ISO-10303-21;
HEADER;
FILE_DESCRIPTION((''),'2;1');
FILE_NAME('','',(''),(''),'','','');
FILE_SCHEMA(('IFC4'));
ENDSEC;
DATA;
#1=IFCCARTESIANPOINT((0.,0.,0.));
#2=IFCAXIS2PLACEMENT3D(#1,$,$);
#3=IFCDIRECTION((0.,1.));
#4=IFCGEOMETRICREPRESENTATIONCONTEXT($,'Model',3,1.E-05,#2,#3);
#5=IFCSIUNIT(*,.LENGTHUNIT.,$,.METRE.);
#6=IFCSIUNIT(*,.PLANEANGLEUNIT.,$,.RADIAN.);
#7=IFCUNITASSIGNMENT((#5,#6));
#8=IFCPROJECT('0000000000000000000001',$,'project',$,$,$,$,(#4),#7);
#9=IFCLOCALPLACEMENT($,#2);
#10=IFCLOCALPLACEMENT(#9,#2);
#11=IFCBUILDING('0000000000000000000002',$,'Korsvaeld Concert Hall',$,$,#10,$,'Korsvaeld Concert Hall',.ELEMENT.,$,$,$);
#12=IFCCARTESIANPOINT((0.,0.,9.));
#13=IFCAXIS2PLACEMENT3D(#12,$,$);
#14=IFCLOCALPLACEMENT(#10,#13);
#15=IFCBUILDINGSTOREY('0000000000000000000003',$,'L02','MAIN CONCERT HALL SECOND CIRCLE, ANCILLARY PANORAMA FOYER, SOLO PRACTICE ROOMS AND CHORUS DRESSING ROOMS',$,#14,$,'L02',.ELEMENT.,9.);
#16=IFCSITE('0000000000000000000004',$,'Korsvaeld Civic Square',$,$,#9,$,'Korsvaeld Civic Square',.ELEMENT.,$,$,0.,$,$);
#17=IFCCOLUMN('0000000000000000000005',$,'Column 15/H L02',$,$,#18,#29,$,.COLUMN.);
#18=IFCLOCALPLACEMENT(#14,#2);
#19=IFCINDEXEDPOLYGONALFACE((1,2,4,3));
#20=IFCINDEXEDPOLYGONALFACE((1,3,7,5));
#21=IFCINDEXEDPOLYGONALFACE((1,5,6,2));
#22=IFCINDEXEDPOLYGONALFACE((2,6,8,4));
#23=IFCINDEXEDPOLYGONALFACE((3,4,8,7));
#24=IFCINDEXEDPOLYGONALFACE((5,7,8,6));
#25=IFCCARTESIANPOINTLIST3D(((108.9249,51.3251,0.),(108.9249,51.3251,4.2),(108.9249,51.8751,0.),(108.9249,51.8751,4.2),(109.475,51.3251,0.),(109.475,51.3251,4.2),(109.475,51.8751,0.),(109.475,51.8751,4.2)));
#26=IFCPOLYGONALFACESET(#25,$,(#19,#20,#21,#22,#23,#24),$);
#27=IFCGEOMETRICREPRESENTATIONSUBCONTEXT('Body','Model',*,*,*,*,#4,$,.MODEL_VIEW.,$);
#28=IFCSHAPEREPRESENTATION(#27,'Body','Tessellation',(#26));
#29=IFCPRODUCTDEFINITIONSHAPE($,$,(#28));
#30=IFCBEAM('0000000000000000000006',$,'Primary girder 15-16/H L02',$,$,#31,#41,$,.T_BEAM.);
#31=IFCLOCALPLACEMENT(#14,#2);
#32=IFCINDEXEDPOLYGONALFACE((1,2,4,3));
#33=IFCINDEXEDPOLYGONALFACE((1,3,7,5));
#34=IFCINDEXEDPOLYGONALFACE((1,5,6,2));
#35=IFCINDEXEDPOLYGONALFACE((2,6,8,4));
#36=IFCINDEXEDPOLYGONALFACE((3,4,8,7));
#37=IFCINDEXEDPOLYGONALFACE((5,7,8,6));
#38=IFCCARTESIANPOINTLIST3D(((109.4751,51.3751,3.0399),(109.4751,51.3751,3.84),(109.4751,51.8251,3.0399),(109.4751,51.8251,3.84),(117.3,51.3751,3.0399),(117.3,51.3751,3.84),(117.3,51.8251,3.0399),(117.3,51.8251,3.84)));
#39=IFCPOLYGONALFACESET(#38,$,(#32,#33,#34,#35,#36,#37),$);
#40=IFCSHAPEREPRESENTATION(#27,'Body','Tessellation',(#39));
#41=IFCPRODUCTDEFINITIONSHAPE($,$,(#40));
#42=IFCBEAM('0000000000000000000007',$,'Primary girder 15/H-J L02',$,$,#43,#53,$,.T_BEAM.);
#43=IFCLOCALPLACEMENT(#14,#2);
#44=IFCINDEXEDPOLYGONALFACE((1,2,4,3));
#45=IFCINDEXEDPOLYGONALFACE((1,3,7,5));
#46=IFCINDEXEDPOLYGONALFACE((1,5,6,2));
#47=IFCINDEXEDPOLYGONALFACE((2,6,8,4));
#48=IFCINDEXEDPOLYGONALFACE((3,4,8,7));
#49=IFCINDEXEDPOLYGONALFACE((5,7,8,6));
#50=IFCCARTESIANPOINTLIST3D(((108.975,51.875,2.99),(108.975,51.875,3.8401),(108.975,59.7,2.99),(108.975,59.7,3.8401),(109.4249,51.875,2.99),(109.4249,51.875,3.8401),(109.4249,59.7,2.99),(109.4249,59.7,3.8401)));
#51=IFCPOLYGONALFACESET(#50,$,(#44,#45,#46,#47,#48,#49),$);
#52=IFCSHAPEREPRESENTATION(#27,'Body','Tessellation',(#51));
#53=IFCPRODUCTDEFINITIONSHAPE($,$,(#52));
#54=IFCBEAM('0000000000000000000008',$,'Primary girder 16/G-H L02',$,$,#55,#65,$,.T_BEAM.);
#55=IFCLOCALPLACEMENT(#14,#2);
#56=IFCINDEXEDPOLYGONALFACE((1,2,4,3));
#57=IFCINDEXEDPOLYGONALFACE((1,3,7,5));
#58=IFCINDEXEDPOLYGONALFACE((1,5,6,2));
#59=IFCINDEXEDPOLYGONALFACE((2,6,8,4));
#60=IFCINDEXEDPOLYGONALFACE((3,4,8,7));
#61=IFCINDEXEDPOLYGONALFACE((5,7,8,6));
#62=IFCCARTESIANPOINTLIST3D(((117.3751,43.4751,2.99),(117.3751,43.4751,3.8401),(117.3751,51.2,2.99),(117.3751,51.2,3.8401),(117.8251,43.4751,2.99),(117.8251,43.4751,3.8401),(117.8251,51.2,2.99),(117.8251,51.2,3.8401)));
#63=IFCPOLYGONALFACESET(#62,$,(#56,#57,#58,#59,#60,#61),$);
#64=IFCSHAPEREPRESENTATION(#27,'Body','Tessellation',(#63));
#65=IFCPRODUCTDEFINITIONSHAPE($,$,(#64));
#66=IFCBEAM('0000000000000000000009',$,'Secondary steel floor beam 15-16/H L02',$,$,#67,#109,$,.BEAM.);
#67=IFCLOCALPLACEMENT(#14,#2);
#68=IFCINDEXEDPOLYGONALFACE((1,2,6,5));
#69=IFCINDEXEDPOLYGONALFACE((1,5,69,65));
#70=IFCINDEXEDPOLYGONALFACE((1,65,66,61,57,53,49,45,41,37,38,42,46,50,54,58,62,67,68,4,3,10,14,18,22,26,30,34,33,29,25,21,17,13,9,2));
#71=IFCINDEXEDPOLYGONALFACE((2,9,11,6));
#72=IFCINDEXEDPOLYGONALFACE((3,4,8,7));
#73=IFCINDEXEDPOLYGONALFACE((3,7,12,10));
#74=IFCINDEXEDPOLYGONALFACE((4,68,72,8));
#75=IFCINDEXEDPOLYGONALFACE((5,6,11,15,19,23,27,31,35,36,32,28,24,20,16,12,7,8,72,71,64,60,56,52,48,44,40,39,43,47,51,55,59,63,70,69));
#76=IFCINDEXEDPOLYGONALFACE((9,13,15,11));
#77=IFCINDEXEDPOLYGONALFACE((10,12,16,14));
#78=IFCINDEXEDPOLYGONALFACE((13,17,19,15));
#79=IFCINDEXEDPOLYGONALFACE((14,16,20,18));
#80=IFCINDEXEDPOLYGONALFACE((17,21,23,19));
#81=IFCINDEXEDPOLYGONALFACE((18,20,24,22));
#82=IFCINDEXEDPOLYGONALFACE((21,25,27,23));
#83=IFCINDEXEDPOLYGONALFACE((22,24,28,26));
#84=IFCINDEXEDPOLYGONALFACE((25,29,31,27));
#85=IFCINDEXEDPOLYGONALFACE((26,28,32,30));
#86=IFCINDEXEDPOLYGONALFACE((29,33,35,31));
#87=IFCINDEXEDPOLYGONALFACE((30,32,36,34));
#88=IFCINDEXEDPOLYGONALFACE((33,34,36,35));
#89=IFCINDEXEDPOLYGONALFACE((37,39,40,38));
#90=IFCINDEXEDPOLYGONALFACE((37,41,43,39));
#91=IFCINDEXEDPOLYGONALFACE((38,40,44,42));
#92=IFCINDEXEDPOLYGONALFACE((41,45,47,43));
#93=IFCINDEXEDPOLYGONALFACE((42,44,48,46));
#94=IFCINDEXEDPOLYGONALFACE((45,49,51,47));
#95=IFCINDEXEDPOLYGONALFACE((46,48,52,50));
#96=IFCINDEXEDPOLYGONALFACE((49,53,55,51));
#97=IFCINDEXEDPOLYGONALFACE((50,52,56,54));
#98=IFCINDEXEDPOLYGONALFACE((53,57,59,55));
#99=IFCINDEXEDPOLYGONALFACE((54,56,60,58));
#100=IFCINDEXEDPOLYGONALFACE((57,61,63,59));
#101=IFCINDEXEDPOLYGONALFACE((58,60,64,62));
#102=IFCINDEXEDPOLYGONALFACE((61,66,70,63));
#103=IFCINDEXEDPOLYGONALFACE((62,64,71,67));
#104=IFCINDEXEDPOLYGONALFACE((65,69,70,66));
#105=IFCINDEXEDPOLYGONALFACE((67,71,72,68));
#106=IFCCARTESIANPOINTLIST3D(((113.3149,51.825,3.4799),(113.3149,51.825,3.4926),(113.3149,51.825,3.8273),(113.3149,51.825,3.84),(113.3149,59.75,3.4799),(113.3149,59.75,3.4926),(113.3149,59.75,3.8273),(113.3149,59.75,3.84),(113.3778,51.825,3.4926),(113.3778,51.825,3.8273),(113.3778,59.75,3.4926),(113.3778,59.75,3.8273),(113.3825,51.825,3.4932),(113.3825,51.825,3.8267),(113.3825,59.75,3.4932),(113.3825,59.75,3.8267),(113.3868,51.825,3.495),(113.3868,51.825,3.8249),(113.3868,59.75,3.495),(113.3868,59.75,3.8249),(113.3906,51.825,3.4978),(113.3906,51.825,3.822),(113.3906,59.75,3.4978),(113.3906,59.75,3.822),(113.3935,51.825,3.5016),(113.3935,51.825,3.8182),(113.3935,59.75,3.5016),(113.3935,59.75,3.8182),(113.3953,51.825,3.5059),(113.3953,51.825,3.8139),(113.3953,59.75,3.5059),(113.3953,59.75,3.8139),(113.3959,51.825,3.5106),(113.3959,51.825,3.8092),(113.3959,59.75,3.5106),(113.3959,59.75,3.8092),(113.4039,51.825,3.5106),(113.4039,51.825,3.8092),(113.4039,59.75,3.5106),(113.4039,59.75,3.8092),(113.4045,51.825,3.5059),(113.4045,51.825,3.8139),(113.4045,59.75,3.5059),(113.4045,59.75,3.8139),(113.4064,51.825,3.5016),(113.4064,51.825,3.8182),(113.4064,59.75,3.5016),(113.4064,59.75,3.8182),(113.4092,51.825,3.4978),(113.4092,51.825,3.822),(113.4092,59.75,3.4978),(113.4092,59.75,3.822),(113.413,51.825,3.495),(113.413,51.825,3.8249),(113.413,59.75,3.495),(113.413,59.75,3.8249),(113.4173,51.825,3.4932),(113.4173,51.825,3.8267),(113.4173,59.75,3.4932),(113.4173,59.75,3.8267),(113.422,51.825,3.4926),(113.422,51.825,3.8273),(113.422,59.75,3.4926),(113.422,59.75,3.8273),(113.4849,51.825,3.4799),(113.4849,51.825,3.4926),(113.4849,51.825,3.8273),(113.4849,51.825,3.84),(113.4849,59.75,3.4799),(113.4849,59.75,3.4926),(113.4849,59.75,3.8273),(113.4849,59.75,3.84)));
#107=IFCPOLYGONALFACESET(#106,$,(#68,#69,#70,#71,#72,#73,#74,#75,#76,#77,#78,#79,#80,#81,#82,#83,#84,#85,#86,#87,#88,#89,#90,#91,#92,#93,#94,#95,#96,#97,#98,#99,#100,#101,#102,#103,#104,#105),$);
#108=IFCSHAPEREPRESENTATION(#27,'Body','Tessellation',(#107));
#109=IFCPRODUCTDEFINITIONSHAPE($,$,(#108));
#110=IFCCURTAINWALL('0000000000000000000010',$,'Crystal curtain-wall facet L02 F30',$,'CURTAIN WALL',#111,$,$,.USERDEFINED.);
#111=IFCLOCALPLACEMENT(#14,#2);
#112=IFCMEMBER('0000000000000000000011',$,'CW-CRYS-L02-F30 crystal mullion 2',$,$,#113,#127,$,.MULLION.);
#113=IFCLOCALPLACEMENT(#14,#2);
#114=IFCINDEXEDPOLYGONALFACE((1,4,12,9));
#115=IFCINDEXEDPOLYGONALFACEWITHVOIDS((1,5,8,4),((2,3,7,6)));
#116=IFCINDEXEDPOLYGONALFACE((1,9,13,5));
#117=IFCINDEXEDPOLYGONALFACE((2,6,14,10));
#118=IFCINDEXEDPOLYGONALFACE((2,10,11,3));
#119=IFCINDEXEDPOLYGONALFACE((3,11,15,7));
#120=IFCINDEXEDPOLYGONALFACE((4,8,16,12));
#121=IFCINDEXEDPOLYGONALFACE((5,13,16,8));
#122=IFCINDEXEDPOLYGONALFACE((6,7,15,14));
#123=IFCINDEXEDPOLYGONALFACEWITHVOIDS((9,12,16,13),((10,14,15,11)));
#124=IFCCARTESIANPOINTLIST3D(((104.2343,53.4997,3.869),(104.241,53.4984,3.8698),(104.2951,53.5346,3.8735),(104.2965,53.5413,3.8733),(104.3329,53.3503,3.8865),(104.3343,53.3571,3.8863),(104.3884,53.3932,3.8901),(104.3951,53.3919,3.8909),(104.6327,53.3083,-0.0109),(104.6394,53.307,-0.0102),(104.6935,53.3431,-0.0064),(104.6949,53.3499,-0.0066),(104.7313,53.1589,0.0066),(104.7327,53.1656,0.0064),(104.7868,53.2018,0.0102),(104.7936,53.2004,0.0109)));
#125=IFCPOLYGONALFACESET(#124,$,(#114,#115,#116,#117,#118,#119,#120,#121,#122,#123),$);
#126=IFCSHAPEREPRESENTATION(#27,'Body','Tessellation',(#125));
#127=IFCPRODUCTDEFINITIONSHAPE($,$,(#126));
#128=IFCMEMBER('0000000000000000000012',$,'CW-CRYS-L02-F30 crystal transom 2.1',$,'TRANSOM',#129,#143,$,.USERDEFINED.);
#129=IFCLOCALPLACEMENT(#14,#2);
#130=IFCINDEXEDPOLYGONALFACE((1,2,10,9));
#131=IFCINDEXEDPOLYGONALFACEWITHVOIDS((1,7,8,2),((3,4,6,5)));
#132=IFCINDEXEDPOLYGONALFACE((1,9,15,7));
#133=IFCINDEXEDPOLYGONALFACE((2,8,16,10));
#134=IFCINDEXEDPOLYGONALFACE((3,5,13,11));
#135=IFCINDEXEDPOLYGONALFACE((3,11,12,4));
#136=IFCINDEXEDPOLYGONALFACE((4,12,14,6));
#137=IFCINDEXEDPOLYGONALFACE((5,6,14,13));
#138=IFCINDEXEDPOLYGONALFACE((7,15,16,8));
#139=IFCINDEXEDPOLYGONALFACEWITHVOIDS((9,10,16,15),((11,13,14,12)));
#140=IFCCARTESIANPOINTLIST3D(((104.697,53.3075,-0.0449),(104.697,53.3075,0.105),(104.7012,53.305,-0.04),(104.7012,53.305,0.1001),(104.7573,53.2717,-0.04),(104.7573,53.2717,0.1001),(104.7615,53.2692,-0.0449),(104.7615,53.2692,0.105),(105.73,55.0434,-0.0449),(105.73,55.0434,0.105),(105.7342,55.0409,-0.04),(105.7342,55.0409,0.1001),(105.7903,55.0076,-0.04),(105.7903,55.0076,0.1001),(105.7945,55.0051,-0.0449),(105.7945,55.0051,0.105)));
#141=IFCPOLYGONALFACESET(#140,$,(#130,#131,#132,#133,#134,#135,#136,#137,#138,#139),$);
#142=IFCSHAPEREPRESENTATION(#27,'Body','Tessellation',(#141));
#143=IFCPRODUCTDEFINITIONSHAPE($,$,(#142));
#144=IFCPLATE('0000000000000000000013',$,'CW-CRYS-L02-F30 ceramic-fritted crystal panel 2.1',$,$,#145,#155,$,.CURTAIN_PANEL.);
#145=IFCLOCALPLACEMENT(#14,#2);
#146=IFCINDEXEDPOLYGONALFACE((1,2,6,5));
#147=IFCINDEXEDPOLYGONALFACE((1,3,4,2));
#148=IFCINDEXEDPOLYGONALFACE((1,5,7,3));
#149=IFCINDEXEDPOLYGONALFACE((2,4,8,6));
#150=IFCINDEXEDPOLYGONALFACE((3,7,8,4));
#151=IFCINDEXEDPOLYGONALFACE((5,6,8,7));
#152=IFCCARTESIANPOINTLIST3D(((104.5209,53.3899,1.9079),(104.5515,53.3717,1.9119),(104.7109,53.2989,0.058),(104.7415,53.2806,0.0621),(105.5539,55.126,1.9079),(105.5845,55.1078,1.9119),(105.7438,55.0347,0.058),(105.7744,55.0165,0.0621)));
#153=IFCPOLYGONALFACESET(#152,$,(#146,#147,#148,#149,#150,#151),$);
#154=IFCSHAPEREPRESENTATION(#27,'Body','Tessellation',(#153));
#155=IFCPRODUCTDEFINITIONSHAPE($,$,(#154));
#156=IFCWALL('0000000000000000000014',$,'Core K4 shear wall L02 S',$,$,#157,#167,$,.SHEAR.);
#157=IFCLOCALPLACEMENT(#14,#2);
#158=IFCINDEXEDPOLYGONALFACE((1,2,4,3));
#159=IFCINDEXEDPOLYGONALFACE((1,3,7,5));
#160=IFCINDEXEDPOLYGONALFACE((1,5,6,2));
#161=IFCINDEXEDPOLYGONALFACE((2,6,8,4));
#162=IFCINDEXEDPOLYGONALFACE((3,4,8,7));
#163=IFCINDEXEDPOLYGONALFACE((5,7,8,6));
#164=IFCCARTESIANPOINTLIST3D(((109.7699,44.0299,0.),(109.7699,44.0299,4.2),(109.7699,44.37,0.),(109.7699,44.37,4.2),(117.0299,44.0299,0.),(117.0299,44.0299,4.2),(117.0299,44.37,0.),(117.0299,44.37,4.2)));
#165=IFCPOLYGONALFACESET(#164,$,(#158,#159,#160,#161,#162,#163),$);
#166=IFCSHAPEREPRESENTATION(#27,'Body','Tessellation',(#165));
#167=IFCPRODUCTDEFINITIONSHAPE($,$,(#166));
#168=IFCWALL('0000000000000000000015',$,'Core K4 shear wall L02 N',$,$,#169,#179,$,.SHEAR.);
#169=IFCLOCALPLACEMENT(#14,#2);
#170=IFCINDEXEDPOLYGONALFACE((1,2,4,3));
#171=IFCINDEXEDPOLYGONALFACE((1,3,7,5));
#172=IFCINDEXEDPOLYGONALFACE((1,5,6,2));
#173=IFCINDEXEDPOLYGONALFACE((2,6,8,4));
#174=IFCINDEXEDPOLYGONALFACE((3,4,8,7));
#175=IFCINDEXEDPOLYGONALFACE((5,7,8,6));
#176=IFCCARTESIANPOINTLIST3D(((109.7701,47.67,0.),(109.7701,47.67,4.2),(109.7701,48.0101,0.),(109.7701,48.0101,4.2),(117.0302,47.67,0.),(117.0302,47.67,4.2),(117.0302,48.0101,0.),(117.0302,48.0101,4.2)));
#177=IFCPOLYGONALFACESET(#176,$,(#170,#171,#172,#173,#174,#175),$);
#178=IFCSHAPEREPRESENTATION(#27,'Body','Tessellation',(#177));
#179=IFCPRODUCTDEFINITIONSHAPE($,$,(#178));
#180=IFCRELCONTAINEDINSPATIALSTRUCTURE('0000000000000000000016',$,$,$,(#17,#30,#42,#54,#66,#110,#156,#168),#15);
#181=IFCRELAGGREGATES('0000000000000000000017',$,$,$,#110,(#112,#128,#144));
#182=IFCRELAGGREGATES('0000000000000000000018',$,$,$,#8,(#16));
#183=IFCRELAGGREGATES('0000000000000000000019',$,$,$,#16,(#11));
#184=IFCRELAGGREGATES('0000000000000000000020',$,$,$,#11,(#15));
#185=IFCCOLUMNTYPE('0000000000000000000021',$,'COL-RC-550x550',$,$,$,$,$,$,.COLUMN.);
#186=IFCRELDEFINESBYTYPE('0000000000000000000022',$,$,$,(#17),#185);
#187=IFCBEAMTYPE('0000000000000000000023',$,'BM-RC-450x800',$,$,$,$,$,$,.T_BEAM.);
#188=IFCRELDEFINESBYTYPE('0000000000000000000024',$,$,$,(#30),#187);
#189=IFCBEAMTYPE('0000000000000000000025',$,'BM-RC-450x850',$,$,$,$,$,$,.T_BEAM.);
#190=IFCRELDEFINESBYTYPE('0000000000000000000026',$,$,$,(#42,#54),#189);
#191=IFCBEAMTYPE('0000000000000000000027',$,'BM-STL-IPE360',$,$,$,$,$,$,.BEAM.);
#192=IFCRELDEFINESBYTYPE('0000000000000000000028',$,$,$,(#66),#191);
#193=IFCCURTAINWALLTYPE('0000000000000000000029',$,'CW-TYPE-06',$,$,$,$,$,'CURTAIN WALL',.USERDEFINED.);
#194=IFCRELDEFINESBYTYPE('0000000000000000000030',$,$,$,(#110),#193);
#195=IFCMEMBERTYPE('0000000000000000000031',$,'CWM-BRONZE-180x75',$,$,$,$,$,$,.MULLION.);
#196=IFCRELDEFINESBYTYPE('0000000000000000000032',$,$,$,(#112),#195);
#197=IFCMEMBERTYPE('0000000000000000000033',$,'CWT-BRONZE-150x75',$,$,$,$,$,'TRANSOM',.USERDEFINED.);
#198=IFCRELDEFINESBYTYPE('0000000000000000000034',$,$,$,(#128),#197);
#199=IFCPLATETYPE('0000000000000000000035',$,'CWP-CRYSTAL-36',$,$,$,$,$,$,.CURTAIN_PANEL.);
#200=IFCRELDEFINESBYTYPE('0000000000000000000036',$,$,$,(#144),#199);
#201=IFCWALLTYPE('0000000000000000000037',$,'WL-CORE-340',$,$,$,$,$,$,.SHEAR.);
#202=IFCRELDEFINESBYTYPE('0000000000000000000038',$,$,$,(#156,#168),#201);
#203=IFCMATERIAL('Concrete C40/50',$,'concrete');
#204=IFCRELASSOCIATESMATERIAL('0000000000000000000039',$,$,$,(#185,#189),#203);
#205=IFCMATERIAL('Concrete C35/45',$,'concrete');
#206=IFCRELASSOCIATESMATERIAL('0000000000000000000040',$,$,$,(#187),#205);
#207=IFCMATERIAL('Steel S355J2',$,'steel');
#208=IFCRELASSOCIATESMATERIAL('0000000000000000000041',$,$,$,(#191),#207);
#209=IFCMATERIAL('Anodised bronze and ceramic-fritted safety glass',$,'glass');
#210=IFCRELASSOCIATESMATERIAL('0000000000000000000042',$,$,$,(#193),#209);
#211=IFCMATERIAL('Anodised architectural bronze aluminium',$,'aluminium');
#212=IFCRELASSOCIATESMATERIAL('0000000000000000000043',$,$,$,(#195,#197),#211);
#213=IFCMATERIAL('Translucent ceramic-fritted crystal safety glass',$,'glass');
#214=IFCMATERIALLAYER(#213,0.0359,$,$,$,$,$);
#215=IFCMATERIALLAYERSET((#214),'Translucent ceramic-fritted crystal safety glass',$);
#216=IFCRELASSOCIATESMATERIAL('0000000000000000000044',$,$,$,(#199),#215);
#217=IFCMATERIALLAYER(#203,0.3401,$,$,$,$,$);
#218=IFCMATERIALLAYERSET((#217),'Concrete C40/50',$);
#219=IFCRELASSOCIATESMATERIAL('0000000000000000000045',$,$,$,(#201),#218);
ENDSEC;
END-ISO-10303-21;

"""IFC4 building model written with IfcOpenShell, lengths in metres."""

from ifc_helpers import new_model, si_unit, direction, frame, frame_2d, origin, origin_2d, place, context, subcontext, project, spatial, polyline, rectangle, hollow_rectangle, i_section, outline, extrude, material, layer, layer_set, material_profile, profile_set, type_object, element, aggregate, save


model = new_model("IFC4")

# Units and contexts
model_context = context("Model", 3, precision=1e-05, world=origin(), true_north=direction((0.0, 1.0)))
body_context = subcontext(model_context, "Body", "Model", "MODEL_VIEW")
ifc_project = project(units=[si_unit("LENGTHUNIT", "METRE"), si_unit("PLANEANGLEUNIT", "RADIAN")], contexts=[model_context])

# Site, building, storey
site_placement = place(None, origin())
site = spatial("IfcSite", under=ifc_project, at=site_placement, Name="Korsvaeld Civic Square", LongName="Korsvaeld Civic Square", CompositionType="ELEMENT", RefElevation=0.0)
building_placement = place(site_placement, origin())
building = spatial("IfcBuilding", under=site, at=building_placement, Name="Korsvaeld Concert Hall", LongName="Korsvaeld Concert Hall", CompositionType="ELEMENT")
storey_placement = place(building_placement, frame((0.0, 0.0, 9.0)))
storey = spatial("IfcBuildingStorey", under=building, at=storey_placement, Name="L02", Description="MAIN CONCERT HALL SECOND CIRCLE, ANCILLARY PANORAMA FOYER, SOLO PRACTICE ROOMS AND CHORUS DRESSING ROOMS", LongName="L02", CompositionType="ELEMENT", Elevation=9.0)

# Column
ifc_material_1 = material(Name="Concrete C40/50", Category="concrete")
ifc_material_profile_1 = material_profile(ifc_material_1, rectangle(XDim=0.55, YDim=0.55, at=origin_2d()), Name="RC 550x550")
ifc_profile_set_1 = profile_set([ifc_material_profile_1], Name="Concrete C40/50")
column_type = type_object("IfcColumnType", Name="COL-RC-550x550", PredefinedType="COLUMN", material=ifc_profile_set_1)
column_placement = place(storey_placement, frame((109.2, 51.6001, 0.0), z_axis=(0.0, 0.0, 1.0), x_axis=(1.0, 0.0, 0.0)))
element("IfcColumn", 1, at=column_placement, inside=storey, type_object=column_type, Name="Column 15/H L02", PredefinedType="COLUMN", context=body_context, shape_type="SweptSolid", body=[
    extrude(rectangle(XDim=0.55, YDim=0.55, at=origin_2d()), origin(), (0.0, 0.0, 1.0), 4.2),
])

# Beams
ifc_material_2 = material(Name="Concrete C35/45", Category="concrete")
ifc_material_profile_2 = material_profile(ifc_material_2, rectangle(XDim=0.45, YDim=0.8, at=origin_2d()), Name="RC 450x800")
ifc_profile_set_2 = profile_set([ifc_material_profile_2], Name="Concrete C35/45")
beam_type_1 = type_object("IfcBeamType", Name="BM-RC-450x800", PredefinedType="T_BEAM", material=ifc_profile_set_2)
beam_1_placement = place(storey_placement, frame((109.4751, 51.6001, 3.4399), z_axis=(1.0, 0.0, 0.0), x_axis=(0.0, 1.0, 0.0)))
element("IfcBeam", 2, at=beam_1_placement, inside=storey, type_object=beam_type_1, Name="Primary girder 15-16/H L02", PredefinedType="T_BEAM", context=body_context, shape_type="SweptSolid", body=[
    extrude(rectangle(XDim=0.45, YDim=0.8, at=origin_2d()), origin(), (0.0, 0.0, 1.0), 7.825),
])
ifc_material_profile_3 = material_profile(ifc_material_1, rectangle(XDim=0.45, YDim=0.8501, at=origin_2d()), Name="RC 450x850")
ifc_profile_set_3 = profile_set([ifc_material_profile_3], Name="Concrete C40/50")
beam_type_2 = type_object("IfcBeamType", Name="BM-RC-450x850", PredefinedType="T_BEAM", material=ifc_profile_set_3)
beam_2_placement = place(storey_placement, frame((109.2, 51.875, 3.415), z_axis=(0.0, 1.0, 0.0), x_axis=(-1.0, 0.0, 0.0)))
element("IfcBeam", 3, at=beam_2_placement, inside=storey, type_object=beam_type_2, Name="Primary girder 15/H-J L02", PredefinedType="T_BEAM", context=body_context, shape_type="SweptSolid", body=[
    extrude(rectangle(XDim=0.45, YDim=0.8501, at=origin_2d()), origin(), (0.0, 0.0, 1.0), 7.825),
])
beam_3_placement = place(storey_placement, frame((117.6001, 43.4751, 3.415), z_axis=(0.0, 1.0, 0.0), x_axis=(-1.0, 0.0, 0.0)))
element("IfcBeam", 4, at=beam_3_placement, inside=storey, type_object=beam_type_2, Name="Primary girder 16/G-H L02", PredefinedType="T_BEAM", context=body_context, shape_type="SweptSolid", body=[
    extrude(rectangle(XDim=0.45, YDim=0.8501, at=origin_2d()), origin(), (0.0, 0.0, 1.0), 7.7249),
])
ifc_material_3 = material(Name="Steel S355J2", Category="steel")
ifc_material_profile_4 = material_profile(ifc_material_3, i_section(OverallWidth=0.1699, OverallDepth=0.3601, WebThickness=0.0081, FlangeThickness=0.0127, FilletRadius=0.0181, at=origin_2d()), Name="IPE 360")
ifc_profile_set_4 = profile_set([ifc_material_profile_4], Name="Steel S355J2")
beam_type_3 = type_object("IfcBeamType", Name="BM-STL-IPE360", PredefinedType="BEAM", material=ifc_profile_set_4)
beam_4_placement = place(storey_placement, frame((113.3999, 51.825, 3.6599), z_axis=(0.0, 1.0, 0.0), x_axis=(-1.0, 0.0, 0.0)))
element("IfcBeam", 5, at=beam_4_placement, inside=storey, type_object=beam_type_3, Name="Secondary steel floor beam 15-16/H L02", PredefinedType="BEAM", context=body_context, shape_type="SweptSolid", body=[
    extrude(i_section(OverallWidth=0.1699, OverallDepth=0.3601, WebThickness=0.0081, FlangeThickness=0.0127, FilletRadius=0.0181, at=origin_2d()), origin(), (0.0, 0.0, 1.0), 7.925),
])

# Curtain wall, members, plate
ifc_material_4 = material(Name="Anodised bronze and ceramic-fritted safety glass", Category="glass")
curtain_wall_type = type_object("IfcCurtainWallType", Name="CW-TYPE-06", ElementType="CURTAIN WALL", PredefinedType="USERDEFINED", material=ifc_material_4)
curtain_wall_placement = place(storey_placement, origin())
curtain_wall = element("IfcCurtainWall", 6, at=curtain_wall_placement, inside=storey, type_object=curtain_wall_type, Name="Crystal curtain-wall facet L02 F30", ObjectType="CURTAIN WALL", PredefinedType="USERDEFINED")
ifc_material_5 = material(Name="Anodised architectural bronze aluminium", Category="aluminium")
ifc_material_profile_5 = material_profile(ifc_material_5, hollow_rectangle(XDim=0.075, YDim=0.1799, WallThickness=0.0049, at=origin_2d()), Name="CWM 180x75x5")
ifc_profile_set_5 = profile_set([ifc_material_profile_5], Name="Anodised architectural bronze aluminium")
member_type_1 = type_object("IfcMemberType", Name="CWM-BRONZE-180x75", PredefinedType="MULLION", material=ifc_profile_set_5)
member_1_placement = place(storey_placement, frame((104.7131, 53.2544, 0.0), z_axis=(-0.102033, 0.049016, 0.993573), x_axis=(0.830086, 0.554624, 0.057883)))
member_1 = element("IfcMember", 7, at=member_1_placement, type_object=member_type_1, Name="CW-CRYS-L02-F30 crystal mullion 2", PredefinedType="MULLION", context=body_context, shape_type="SweptSolid", body=[
    extrude(hollow_rectangle(XDim=0.075, YDim=0.1799, WallThickness=0.0049, at=origin_2d()), origin(), (0.0, 0.0, 1.0), 3.905),
])
ifc_material_profile_6 = material_profile(ifc_material_5, hollow_rectangle(XDim=0.075, YDim=0.1499, WallThickness=0.0049, at=origin_2d()), Name="CWT 150x75x5")
ifc_profile_set_6 = profile_set([ifc_material_profile_6], Name="Anodised architectural bronze aluminium")
member_type_2 = type_object("IfcMemberType", Name="CWT-BRONZE-150x75", ElementType="TRANSOM", PredefinedType="USERDEFINED", material=ifc_profile_set_6)
member_2_placement = place(storey_placement, frame((104.7292, 53.2883, 0.03), z_axis=(0.511382, 0.859354, 0.0), x_axis=(-0.859354, 0.511382, 0.0)))
member_2 = element("IfcMember", 8, at=member_2_placement, type_object=member_type_2, Name="CW-CRYS-L02-F30 crystal transom 2.1", ObjectType="TRANSOM", PredefinedType="USERDEFINED", context=body_context, shape_type="SweptSolid", body=[
    extrude(hollow_rectangle(XDim=0.075, YDim=0.1499, WallThickness=0.0049, at=origin_2d()), origin(), (0.0, 0.0, 1.0), 2.02),
])
ifc_material_6 = material(Name="Translucent ceramic-fritted crystal safety glass", Category="glass")
ifc_layer_1 = layer(ifc_material_6, 0.0359)
ifc_layer_set_1 = layer_set([ifc_layer_1], Name="Translucent ceramic-fritted crystal safety glass")
plate_type = type_object("IfcPlateType", Name="CWP-CRYSTAL-36", PredefinedType="CURTAIN_PANEL", material=ifc_layer_set_1)
plate_placement = place(storey_placement, frame((104.7261, 53.2898, 0.0601), z_axis=(0.853892, -0.508096, 0.112723), x_axis=(0.511356, 0.859369, -0.000003)))
plate = element("IfcPlate", 9, at=plate_placement, type_object=plate_type, Name="CW-CRYS-L02-F30 ceramic-fritted crystal panel 2.1", PredefinedType="CURTAIN_PANEL", context=body_context, shape_type="SweptSolid", body=[
    extrude(outline(polyline([(0.0, 0.0), (2.0199, 0.0), (2.0013, 1.8617), (-0.0189, 1.8617), (0.0, 0.0)])), frame((0.0, 0.0, 0.0181)), (0.0, 0.0, -1.0), 0.0359),
])
aggregate(curtain_wall, [member_1, member_2, plate])

# Walls
ifc_layer_2 = layer(ifc_material_1, 0.3401)
ifc_layer_set_2 = layer_set([ifc_layer_2], Name="Concrete C40/50")
wall_type_1 = type_object("IfcWallType", Name="WL-CORE-340", PredefinedType="SHEAR", material=ifc_layer_set_2)
for number, where, z_axis, x_axis, name in (
    (10, (109.77, 44.2, 0.0), (0.0, 0.0, 1.0), (1.0, 0.0, 0.0), "Core K4 shear wall L02 S"),
    (11, (117.03, 47.8401, 0.0), (0.0, 0.0, 1.0), (-1.0, 0.0, 0.0), "Core K4 shear wall L02 N"),
):
    element("IfcWall", number, at=place(storey_placement, frame(where, z_axis=z_axis, x_axis=x_axis)), inside=storey, type_object=wall_type_1, Name=name, PredefinedType="SHEAR", context=body_context, shape_type="SweptSolid", body=[
        extrude(rectangle(XDim=7.26, YDim=0.3401, at=frame_2d((3.6299, 0.0))), origin(), (0.0, 0.0, 1.0), 4.2),
    ])

save(model, "model.ifc")
